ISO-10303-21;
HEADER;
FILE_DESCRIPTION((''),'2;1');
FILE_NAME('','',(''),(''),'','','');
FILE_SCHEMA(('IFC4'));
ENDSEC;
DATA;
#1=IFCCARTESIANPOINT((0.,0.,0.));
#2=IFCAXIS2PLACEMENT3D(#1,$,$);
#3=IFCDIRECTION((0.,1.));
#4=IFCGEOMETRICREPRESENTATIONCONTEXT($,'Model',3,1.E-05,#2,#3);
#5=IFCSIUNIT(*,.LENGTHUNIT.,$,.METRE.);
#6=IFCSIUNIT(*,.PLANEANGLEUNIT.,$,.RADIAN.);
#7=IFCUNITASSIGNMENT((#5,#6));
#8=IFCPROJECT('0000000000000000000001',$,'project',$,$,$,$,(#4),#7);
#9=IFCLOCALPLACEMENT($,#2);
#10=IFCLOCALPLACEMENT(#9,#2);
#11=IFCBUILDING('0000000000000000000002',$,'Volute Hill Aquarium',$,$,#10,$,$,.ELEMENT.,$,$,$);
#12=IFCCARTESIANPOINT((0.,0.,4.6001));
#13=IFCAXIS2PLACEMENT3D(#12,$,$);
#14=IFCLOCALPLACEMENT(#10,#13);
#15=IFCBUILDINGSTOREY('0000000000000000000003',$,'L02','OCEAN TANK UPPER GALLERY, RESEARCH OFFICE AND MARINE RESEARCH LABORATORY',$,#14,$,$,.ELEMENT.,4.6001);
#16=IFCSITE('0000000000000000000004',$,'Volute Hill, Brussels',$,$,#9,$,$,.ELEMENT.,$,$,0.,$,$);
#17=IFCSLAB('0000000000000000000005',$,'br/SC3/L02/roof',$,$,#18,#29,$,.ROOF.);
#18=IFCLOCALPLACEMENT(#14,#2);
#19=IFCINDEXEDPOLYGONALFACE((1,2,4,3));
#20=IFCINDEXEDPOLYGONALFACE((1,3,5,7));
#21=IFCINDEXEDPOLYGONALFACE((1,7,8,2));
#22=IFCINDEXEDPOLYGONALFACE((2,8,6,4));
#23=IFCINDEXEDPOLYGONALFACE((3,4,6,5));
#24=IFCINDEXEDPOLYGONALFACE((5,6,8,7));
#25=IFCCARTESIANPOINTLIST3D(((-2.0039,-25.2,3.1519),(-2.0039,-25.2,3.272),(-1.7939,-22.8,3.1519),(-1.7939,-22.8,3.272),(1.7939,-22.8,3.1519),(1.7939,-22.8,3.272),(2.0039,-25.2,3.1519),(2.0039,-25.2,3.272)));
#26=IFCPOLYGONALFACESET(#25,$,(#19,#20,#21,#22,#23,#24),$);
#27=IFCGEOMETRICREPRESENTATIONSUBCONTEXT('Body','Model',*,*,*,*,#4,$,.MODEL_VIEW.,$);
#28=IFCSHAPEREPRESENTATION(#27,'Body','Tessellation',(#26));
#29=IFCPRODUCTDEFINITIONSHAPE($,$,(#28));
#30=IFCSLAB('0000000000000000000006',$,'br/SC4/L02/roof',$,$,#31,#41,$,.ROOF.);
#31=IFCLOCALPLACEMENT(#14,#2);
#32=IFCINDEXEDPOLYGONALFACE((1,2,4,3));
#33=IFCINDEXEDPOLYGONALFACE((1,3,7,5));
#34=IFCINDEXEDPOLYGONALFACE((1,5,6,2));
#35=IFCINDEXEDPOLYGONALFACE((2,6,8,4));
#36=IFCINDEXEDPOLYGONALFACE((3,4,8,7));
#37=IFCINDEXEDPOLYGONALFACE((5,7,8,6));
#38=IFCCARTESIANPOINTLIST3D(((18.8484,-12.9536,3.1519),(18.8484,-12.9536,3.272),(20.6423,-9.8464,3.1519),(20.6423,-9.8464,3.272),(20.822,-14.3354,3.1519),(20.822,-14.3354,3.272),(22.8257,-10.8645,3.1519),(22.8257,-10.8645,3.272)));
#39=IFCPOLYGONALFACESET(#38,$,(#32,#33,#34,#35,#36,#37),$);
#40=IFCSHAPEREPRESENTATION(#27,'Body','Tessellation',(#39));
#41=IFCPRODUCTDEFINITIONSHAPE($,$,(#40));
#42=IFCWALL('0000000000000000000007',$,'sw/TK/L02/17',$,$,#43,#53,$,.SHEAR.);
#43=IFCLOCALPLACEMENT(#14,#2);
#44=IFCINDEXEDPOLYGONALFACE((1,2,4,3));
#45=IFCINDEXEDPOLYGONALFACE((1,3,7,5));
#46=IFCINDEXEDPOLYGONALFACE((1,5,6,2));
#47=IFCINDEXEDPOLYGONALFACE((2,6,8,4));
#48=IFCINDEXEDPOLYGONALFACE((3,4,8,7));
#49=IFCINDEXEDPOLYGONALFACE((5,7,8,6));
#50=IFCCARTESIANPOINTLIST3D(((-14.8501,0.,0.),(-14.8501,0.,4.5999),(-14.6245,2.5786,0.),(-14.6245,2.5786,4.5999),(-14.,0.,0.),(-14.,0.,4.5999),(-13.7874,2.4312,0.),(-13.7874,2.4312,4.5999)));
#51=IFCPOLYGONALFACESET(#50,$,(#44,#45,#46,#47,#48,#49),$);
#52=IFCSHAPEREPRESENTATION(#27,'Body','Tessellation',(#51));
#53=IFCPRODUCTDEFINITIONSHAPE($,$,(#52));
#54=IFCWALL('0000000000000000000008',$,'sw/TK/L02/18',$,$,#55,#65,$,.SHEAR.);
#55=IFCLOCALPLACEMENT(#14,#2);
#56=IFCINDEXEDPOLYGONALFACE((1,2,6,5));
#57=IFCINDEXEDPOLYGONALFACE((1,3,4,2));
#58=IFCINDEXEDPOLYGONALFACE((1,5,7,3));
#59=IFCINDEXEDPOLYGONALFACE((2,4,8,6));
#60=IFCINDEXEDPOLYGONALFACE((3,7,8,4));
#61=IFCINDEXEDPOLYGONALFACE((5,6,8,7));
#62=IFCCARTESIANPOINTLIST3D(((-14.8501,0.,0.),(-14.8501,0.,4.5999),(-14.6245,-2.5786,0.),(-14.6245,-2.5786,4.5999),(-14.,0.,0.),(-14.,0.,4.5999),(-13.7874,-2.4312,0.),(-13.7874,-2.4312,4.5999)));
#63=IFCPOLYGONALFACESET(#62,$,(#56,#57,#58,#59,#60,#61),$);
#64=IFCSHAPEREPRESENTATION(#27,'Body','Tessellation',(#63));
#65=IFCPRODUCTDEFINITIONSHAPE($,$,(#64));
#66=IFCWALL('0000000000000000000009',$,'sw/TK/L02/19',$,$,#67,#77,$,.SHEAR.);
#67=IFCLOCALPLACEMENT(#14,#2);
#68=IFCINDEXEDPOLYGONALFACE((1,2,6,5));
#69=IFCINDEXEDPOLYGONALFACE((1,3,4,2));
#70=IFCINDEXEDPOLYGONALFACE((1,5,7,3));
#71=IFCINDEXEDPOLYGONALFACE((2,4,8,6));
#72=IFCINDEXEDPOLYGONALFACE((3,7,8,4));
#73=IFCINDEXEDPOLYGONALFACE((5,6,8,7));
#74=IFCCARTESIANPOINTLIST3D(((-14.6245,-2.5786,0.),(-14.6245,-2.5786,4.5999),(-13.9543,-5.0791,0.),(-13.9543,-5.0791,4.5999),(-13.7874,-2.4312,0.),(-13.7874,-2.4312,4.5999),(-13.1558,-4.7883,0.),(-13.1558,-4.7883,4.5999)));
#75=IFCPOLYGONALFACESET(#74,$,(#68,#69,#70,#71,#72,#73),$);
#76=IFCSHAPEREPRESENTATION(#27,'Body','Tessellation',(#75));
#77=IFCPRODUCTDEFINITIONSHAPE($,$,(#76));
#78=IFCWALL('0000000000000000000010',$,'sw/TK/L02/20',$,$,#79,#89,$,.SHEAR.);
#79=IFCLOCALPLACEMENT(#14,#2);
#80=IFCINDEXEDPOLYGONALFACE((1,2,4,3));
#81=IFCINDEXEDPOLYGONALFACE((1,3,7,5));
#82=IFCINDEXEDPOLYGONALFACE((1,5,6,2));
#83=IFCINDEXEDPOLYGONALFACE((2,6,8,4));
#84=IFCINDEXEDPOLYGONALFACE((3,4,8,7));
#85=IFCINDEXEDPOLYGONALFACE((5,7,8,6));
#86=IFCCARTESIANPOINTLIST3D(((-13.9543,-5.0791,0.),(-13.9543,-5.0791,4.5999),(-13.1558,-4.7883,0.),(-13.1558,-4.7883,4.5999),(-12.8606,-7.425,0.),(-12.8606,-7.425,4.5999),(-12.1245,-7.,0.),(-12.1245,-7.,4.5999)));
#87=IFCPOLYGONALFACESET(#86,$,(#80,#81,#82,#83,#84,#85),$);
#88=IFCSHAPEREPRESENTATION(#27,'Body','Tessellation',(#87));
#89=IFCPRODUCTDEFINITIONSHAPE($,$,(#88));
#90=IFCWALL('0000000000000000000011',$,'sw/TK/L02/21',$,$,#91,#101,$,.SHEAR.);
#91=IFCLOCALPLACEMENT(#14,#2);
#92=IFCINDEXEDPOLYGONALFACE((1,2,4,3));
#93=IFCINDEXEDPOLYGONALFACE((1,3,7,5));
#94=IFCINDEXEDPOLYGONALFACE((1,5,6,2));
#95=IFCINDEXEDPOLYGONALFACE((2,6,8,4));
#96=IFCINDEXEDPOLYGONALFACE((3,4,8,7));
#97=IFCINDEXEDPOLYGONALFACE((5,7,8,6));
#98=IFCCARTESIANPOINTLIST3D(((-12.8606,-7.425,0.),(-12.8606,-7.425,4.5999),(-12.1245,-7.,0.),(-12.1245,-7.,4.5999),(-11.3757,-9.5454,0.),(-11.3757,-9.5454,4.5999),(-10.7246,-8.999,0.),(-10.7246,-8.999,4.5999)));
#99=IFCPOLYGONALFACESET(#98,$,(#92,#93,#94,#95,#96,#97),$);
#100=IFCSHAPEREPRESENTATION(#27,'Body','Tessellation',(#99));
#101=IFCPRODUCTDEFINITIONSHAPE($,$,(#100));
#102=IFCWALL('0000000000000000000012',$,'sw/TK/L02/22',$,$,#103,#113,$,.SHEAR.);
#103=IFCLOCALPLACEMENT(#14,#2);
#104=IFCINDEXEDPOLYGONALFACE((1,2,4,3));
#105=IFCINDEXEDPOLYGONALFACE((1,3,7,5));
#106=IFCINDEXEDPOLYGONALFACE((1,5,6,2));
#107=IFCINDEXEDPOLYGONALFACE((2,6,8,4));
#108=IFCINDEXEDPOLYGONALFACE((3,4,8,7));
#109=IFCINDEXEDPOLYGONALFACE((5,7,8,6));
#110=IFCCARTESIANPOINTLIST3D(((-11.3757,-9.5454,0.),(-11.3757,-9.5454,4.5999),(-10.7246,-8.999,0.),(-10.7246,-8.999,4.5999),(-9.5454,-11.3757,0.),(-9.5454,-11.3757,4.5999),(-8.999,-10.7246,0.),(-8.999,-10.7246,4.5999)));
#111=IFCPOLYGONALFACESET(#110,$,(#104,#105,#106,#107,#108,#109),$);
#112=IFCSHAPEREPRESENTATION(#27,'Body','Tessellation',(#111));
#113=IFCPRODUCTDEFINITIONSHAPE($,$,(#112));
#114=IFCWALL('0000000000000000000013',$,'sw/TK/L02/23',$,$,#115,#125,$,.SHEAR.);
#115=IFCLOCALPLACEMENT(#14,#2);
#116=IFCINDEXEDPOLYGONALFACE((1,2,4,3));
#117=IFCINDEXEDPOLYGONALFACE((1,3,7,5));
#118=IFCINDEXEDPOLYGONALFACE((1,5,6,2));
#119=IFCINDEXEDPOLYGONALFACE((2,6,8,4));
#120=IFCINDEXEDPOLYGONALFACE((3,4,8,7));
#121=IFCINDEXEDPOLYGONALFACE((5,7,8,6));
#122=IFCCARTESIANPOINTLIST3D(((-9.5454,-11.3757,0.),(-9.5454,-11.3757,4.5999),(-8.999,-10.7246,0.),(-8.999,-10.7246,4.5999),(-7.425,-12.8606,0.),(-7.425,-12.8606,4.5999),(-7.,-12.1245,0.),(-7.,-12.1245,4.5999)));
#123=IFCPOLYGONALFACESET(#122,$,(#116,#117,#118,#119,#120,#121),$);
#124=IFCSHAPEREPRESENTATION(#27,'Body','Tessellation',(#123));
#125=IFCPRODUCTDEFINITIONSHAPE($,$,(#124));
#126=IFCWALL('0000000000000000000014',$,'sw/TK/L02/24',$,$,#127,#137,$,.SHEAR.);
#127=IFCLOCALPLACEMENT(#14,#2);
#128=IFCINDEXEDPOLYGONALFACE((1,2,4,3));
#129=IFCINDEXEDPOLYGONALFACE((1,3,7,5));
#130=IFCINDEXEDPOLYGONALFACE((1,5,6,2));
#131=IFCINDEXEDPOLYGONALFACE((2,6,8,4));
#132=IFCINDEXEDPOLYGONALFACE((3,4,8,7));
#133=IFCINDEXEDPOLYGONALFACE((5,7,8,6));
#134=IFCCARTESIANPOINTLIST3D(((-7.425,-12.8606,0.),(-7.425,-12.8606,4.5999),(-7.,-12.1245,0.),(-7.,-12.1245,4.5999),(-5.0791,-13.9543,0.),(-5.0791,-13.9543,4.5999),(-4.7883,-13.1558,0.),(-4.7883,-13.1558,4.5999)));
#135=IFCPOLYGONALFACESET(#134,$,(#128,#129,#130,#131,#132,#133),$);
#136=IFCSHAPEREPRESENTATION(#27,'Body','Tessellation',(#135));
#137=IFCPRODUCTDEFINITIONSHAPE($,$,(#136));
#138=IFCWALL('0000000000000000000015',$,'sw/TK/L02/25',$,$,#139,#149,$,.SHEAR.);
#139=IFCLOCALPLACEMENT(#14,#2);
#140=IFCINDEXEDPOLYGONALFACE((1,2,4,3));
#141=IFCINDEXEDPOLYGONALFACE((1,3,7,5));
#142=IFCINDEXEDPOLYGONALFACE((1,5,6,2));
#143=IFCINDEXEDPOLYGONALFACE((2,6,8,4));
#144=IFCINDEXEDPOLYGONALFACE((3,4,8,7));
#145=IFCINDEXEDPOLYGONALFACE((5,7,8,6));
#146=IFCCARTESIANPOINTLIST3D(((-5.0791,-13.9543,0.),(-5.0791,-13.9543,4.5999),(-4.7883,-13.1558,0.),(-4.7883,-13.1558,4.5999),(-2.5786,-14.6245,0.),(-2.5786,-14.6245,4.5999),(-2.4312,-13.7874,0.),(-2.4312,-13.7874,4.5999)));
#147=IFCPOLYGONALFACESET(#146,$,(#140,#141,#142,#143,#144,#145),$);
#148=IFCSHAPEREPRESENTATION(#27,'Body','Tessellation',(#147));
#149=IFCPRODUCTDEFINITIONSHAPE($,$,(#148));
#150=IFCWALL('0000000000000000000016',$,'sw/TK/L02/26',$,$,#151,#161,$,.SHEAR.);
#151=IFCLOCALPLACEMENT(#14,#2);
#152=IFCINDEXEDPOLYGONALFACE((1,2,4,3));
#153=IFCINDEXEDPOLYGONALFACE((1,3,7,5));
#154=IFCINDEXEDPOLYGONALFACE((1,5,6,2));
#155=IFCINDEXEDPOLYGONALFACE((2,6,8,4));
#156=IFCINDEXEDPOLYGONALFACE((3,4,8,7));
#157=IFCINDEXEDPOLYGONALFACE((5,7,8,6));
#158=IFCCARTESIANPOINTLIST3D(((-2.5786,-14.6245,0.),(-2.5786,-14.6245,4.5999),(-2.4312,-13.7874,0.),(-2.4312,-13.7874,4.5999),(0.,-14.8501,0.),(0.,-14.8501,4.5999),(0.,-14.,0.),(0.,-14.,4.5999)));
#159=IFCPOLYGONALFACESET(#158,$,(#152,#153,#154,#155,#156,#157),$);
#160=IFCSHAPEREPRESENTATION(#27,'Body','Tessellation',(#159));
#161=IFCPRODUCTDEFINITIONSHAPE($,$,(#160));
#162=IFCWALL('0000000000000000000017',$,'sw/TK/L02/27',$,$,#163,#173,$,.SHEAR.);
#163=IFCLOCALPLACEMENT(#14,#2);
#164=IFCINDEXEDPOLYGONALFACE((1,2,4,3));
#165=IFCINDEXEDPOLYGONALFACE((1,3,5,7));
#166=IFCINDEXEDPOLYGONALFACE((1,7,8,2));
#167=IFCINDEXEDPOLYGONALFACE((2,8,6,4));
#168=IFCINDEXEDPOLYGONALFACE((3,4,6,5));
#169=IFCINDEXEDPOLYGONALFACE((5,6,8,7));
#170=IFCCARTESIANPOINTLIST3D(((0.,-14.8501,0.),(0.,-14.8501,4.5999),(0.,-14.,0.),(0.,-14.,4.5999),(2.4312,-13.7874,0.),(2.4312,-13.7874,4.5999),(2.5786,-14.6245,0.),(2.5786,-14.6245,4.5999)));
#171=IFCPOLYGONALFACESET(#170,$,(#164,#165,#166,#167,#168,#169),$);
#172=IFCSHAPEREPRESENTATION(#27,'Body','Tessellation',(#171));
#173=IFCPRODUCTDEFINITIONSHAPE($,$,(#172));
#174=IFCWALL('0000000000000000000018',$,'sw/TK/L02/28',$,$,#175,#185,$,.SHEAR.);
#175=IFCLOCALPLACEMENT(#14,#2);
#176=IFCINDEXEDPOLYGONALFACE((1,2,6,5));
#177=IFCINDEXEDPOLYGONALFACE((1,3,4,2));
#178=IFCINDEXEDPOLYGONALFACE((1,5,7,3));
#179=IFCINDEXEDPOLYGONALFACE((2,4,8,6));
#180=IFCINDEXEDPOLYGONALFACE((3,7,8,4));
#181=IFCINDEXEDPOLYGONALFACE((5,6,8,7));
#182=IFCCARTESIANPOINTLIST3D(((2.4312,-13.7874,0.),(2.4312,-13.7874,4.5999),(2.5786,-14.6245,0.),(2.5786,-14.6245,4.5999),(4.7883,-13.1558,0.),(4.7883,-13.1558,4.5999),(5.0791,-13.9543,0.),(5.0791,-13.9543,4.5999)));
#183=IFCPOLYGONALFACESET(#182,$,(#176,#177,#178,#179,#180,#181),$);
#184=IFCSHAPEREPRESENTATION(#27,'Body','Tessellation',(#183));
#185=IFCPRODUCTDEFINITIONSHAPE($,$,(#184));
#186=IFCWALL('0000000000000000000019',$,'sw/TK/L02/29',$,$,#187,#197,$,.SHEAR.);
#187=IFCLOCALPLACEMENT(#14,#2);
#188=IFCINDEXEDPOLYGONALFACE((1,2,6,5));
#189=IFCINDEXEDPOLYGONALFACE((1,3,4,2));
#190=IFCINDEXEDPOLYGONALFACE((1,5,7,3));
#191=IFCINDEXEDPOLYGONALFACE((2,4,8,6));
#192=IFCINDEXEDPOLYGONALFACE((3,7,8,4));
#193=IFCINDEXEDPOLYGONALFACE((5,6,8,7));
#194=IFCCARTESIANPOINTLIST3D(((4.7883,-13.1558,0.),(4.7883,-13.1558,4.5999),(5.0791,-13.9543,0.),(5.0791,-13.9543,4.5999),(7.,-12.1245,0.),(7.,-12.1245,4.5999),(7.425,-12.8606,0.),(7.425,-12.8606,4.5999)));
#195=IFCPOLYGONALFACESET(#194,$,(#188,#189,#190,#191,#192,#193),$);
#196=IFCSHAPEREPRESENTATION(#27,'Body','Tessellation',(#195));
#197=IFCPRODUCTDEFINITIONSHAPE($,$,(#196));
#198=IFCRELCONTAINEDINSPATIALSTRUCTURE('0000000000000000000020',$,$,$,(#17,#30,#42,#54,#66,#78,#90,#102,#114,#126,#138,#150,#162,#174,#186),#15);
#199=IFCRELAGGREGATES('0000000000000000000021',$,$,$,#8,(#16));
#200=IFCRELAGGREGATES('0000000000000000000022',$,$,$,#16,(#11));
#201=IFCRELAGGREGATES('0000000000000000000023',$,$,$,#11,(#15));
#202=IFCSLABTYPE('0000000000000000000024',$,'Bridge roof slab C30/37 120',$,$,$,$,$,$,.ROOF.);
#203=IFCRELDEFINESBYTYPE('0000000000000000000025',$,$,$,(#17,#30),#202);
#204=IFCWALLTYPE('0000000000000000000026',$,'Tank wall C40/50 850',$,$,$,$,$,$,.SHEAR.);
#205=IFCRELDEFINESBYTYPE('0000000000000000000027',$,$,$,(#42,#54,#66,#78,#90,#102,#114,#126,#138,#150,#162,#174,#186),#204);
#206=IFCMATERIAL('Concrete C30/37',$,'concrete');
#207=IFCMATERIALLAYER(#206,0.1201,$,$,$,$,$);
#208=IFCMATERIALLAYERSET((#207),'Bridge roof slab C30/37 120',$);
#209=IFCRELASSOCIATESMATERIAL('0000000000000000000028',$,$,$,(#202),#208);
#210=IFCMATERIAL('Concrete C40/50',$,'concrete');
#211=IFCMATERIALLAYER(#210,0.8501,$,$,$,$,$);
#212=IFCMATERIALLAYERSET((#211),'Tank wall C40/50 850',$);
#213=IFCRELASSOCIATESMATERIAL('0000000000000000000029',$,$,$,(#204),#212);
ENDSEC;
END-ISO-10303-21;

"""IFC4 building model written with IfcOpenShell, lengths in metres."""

from ifc_helpers import new_model, si_unit, direction, frame, origin, place, context, subcontext, project, spatial, polyline, outline, extrude, material, layer, layer_set, type_object, element, save


model = new_model("IFC4")

# Units and contexts
model_context = context("Model", 3, precision=1e-05, world=origin(), true_north=direction((0.0, 1.0)))
body_context = subcontext(model_context, "Body", "Model", "MODEL_VIEW")
ifc_project = project(units=[si_unit("LENGTHUNIT", "METRE"), si_unit("PLANEANGLEUNIT", "RADIAN")], contexts=[model_context])

# Site, building, storey
site_placement = place(None, origin())
site = spatial("IfcSite", under=ifc_project, at=site_placement, Name="Volute Hill, Brussels", CompositionType="ELEMENT", RefElevation=0.0)
building_placement = place(site_placement, origin())
building = spatial("IfcBuilding", under=site, at=building_placement, Name="Volute Hill Aquarium", CompositionType="ELEMENT")
storey_placement = place(building_placement, frame((0.0, 0.0, 4.6001)))
storey = spatial("IfcBuildingStorey", under=building, at=storey_placement, Name="L02", Description="OCEAN TANK UPPER GALLERY, RESEARCH OFFICE AND MARINE RESEARCH LABORATORY", CompositionType="ELEMENT", Elevation=4.6001)

# Slabs
ifc_material_1 = material(Name="Concrete C30/37", Category="concrete")
ifc_layer_1 = layer(ifc_material_1, 0.1201)
ifc_layer_set_1 = layer_set([ifc_layer_1], Name="Bridge roof slab C30/37 120")
slab_type = type_object("IfcSlabType", Name="Bridge roof slab C30/37 120", PredefinedType="ROOF", material=ifc_layer_set_1)
slab_1_placement = place(storey_placement, frame((0.0, 0.0, 3.1519)))
element("IfcSlab", 1, at=slab_1_placement, inside=storey, type_object=slab_type, Name="br/SC3/L02/roof", PredefinedType="ROOF", context=body_context, shape_type="SweptSolid", body=[
    extrude(outline(polyline([(-1.7939, -22.8), (-2.0039, -25.2), (2.0039, -25.2), (1.7939, -22.8), (-1.7939, -22.8)])), origin(), (0.0, 0.0, 1.0), 0.1201),
])
slab_2_placement = place(storey_placement, frame((0.0, 0.0, 3.1519)))
element("IfcSlab", 2, at=slab_2_placement, inside=storey, type_object=slab_type, Name="br/SC4/L02/roof", PredefinedType="ROOF", context=body_context, shape_type="SweptSolid", body=[
    extrude(outline(polyline([(18.8484, -12.9536), (20.822, -14.3354), (22.8257, -10.8645), (20.6423, -9.8464), (18.8484, -12.9536)])), origin(), (0.0, 0.0, 1.0), 0.1201),
])

# Walls
ifc_material_2 = material(Name="Concrete C40/50", Category="concrete")
ifc_layer_2 = layer(ifc_material_2, 0.8501)
ifc_layer_set_2 = layer_set([ifc_layer_2], Name="Tank wall C40/50 850")
wall_type = type_object("IfcWallType", Name="Tank wall C40/50 850", PredefinedType="SHEAR", material=ifc_layer_set_2)
wall_1_placement = place(storey_placement, origin())
element("IfcWall", 3, at=wall_1_placement, inside=storey, type_object=wall_type, Name="sw/TK/L02/17", PredefinedType="SHEAR", context=body_context, shape_type="SweptSolid", body=[
    extrude(outline(polyline([(-13.7874, 2.4312), (-14.6245, 2.5786), (-14.8501, 0.0), (-14.0, 0.0), (-13.7874, 2.4312)])), origin(), (0.0, 0.0, 1.0), 4.5999),
])
wall_2_placement = place(storey_placement, origin())
element("IfcWall", 4, at=wall_2_placement, inside=storey, type_object=wall_type, Name="sw/TK/L02/18", PredefinedType="SHEAR", context=body_context, shape_type="SweptSolid", body=[
    extrude(outline(polyline([(-14.0, 0.0), (-14.8501, 0.0), (-14.6245, -2.5786), (-13.7874, -2.4312), (-14.0, 0.0)])), origin(), (0.0, 0.0, 1.0), 4.5999),
])
wall_3_placement = place(storey_placement, origin())
element("IfcWall", 5, at=wall_3_placement, inside=storey, type_object=wall_type, Name="sw/TK/L02/19", PredefinedType="SHEAR", context=body_context, shape_type="SweptSolid", body=[
    extrude(outline(polyline([(-13.7874, -2.4312), (-14.6245, -2.5786), (-13.9543, -5.0791), (-13.1558, -4.7883), (-13.7874, -2.4312)])), origin(), (0.0, 0.0, 1.0), 4.5999),
])
wall_4_placement = place(storey_placement, origin())
element("IfcWall", 6, at=wall_4_placement, inside=storey, type_object=wall_type, Name="sw/TK/L02/20", PredefinedType="SHEAR", context=body_context, shape_type="SweptSolid", body=[
    extrude(outline(polyline([(-13.1558, -4.7883), (-13.9543, -5.0791), (-12.8606, -7.425), (-12.1245, -7.0), (-13.1558, -4.7883)])), origin(), (0.0, 0.0, 1.0), 4.5999),
])
wall_5_placement = place(storey_placement, origin())
element("IfcWall", 7, at=wall_5_placement, inside=storey, type_object=wall_type, Name="sw/TK/L02/21", PredefinedType="SHEAR", context=body_context, shape_type="SweptSolid", body=[
    extrude(outline(polyline([(-12.1245, -7.0), (-12.8606, -7.425), (-11.3757, -9.5454), (-10.7246, -8.999), (-12.1245, -7.0)])), origin(), (0.0, 0.0, 1.0), 4.5999),
])
wall_6_placement = place(storey_placement, origin())
element("IfcWall", 8, at=wall_6_placement, inside=storey, type_object=wall_type, Name="sw/TK/L02/22", PredefinedType="SHEAR", context=body_context, shape_type="SweptSolid", body=[
    extrude(outline(polyline([(-10.7246, -8.999), (-11.3757, -9.5454), (-9.5454, -11.3757), (-8.999, -10.7246), (-10.7246, -8.999)])), origin(), (0.0, 0.0, 1.0), 4.5999),
])
wall_7_placement = place(storey_placement, origin())
element("IfcWall", 9, at=wall_7_placement, inside=storey, type_object=wall_type, Name="sw/TK/L02/23", PredefinedType="SHEAR", context=body_context, shape_type="SweptSolid", body=[
    extrude(outline(polyline([(-8.999, -10.7246), (-9.5454, -11.3757), (-7.425, -12.8606), (-7.0, -12.1245), (-8.999, -10.7246)])), origin(), (0.0, 0.0, 1.0), 4.5999),
])
wall_8_placement = place(storey_placement, origin())
element("IfcWall", 10, at=wall_8_placement, inside=storey, type_object=wall_type, Name="sw/TK/L02/24", PredefinedType="SHEAR", context=body_context, shape_type="SweptSolid", body=[
    extrude(outline(polyline([(-7.0, -12.1245), (-7.425, -12.8606), (-5.0791, -13.9543), (-4.7883, -13.1558), (-7.0, -12.1245)])), origin(), (0.0, 0.0, 1.0), 4.5999),
])
wall_9_placement = place(storey_placement, origin())
element("IfcWall", 11, at=wall_9_placement, inside=storey, type_object=wall_type, Name="sw/TK/L02/25", PredefinedType="SHEAR", context=body_context, shape_type="SweptSolid", body=[
    extrude(outline(polyline([(-4.7883, -13.1558), (-5.0791, -13.9543), (-2.5786, -14.6245), (-2.4312, -13.7874), (-4.7883, -13.1558)])), origin(), (0.0, 0.0, 1.0), 4.5999),
])
wall_10_placement = place(storey_placement, origin())
element("IfcWall", 12, at=wall_10_placement, inside=storey, type_object=wall_type, Name="sw/TK/L02/26", PredefinedType="SHEAR", context=body_context, shape_type="SweptSolid", body=[
    extrude(outline(polyline([(-2.4312, -13.7874), (-2.5786, -14.6245), (0.0, -14.8501), (0.0, -14.0), (-2.4312, -13.7874)])), origin(), (0.0, 0.0, 1.0), 4.5999),
])
wall_11_placement = place(storey_placement, origin())
element("IfcWall", 13, at=wall_11_placement, inside=storey, type_object=wall_type, Name="sw/TK/L02/27", PredefinedType="SHEAR", context=body_context, shape_type="SweptSolid", body=[
    extrude(outline(polyline([(0.0, -14.0), (0.0, -14.8501), (2.5786, -14.6245), (2.4312, -13.7874), (0.0, -14.0)])), origin(), (0.0, 0.0, 1.0), 4.5999),
])
wall_12_placement = place(storey_placement, origin())
element("IfcWall", 14, at=wall_12_placement, inside=storey, type_object=wall_type, Name="sw/TK/L02/28", PredefinedType="SHEAR", context=body_context, shape_type="SweptSolid", body=[
    extrude(outline(polyline([(2.4312, -13.7874), (2.5786, -14.6245), (5.0791, -13.9543), (4.7883, -13.1558), (2.4312, -13.7874)])), origin(), (0.0, 0.0, 1.0), 4.5999),
])
wall_13_placement = place(storey_placement, origin())
element("IfcWall", 15, at=wall_13_placement, inside=storey, type_object=wall_type, Name="sw/TK/L02/29", PredefinedType="SHEAR", context=body_context, shape_type="SweptSolid", body=[
    extrude(outline(polyline([(4.7883, -13.1558), (5.0791, -13.9543), (7.425, -12.8606), (7.0, -12.1245), (4.7883, -13.1558)])), origin(), (0.0, 0.0, 1.0), 4.5999),
])

save(model, "model.ifc")
